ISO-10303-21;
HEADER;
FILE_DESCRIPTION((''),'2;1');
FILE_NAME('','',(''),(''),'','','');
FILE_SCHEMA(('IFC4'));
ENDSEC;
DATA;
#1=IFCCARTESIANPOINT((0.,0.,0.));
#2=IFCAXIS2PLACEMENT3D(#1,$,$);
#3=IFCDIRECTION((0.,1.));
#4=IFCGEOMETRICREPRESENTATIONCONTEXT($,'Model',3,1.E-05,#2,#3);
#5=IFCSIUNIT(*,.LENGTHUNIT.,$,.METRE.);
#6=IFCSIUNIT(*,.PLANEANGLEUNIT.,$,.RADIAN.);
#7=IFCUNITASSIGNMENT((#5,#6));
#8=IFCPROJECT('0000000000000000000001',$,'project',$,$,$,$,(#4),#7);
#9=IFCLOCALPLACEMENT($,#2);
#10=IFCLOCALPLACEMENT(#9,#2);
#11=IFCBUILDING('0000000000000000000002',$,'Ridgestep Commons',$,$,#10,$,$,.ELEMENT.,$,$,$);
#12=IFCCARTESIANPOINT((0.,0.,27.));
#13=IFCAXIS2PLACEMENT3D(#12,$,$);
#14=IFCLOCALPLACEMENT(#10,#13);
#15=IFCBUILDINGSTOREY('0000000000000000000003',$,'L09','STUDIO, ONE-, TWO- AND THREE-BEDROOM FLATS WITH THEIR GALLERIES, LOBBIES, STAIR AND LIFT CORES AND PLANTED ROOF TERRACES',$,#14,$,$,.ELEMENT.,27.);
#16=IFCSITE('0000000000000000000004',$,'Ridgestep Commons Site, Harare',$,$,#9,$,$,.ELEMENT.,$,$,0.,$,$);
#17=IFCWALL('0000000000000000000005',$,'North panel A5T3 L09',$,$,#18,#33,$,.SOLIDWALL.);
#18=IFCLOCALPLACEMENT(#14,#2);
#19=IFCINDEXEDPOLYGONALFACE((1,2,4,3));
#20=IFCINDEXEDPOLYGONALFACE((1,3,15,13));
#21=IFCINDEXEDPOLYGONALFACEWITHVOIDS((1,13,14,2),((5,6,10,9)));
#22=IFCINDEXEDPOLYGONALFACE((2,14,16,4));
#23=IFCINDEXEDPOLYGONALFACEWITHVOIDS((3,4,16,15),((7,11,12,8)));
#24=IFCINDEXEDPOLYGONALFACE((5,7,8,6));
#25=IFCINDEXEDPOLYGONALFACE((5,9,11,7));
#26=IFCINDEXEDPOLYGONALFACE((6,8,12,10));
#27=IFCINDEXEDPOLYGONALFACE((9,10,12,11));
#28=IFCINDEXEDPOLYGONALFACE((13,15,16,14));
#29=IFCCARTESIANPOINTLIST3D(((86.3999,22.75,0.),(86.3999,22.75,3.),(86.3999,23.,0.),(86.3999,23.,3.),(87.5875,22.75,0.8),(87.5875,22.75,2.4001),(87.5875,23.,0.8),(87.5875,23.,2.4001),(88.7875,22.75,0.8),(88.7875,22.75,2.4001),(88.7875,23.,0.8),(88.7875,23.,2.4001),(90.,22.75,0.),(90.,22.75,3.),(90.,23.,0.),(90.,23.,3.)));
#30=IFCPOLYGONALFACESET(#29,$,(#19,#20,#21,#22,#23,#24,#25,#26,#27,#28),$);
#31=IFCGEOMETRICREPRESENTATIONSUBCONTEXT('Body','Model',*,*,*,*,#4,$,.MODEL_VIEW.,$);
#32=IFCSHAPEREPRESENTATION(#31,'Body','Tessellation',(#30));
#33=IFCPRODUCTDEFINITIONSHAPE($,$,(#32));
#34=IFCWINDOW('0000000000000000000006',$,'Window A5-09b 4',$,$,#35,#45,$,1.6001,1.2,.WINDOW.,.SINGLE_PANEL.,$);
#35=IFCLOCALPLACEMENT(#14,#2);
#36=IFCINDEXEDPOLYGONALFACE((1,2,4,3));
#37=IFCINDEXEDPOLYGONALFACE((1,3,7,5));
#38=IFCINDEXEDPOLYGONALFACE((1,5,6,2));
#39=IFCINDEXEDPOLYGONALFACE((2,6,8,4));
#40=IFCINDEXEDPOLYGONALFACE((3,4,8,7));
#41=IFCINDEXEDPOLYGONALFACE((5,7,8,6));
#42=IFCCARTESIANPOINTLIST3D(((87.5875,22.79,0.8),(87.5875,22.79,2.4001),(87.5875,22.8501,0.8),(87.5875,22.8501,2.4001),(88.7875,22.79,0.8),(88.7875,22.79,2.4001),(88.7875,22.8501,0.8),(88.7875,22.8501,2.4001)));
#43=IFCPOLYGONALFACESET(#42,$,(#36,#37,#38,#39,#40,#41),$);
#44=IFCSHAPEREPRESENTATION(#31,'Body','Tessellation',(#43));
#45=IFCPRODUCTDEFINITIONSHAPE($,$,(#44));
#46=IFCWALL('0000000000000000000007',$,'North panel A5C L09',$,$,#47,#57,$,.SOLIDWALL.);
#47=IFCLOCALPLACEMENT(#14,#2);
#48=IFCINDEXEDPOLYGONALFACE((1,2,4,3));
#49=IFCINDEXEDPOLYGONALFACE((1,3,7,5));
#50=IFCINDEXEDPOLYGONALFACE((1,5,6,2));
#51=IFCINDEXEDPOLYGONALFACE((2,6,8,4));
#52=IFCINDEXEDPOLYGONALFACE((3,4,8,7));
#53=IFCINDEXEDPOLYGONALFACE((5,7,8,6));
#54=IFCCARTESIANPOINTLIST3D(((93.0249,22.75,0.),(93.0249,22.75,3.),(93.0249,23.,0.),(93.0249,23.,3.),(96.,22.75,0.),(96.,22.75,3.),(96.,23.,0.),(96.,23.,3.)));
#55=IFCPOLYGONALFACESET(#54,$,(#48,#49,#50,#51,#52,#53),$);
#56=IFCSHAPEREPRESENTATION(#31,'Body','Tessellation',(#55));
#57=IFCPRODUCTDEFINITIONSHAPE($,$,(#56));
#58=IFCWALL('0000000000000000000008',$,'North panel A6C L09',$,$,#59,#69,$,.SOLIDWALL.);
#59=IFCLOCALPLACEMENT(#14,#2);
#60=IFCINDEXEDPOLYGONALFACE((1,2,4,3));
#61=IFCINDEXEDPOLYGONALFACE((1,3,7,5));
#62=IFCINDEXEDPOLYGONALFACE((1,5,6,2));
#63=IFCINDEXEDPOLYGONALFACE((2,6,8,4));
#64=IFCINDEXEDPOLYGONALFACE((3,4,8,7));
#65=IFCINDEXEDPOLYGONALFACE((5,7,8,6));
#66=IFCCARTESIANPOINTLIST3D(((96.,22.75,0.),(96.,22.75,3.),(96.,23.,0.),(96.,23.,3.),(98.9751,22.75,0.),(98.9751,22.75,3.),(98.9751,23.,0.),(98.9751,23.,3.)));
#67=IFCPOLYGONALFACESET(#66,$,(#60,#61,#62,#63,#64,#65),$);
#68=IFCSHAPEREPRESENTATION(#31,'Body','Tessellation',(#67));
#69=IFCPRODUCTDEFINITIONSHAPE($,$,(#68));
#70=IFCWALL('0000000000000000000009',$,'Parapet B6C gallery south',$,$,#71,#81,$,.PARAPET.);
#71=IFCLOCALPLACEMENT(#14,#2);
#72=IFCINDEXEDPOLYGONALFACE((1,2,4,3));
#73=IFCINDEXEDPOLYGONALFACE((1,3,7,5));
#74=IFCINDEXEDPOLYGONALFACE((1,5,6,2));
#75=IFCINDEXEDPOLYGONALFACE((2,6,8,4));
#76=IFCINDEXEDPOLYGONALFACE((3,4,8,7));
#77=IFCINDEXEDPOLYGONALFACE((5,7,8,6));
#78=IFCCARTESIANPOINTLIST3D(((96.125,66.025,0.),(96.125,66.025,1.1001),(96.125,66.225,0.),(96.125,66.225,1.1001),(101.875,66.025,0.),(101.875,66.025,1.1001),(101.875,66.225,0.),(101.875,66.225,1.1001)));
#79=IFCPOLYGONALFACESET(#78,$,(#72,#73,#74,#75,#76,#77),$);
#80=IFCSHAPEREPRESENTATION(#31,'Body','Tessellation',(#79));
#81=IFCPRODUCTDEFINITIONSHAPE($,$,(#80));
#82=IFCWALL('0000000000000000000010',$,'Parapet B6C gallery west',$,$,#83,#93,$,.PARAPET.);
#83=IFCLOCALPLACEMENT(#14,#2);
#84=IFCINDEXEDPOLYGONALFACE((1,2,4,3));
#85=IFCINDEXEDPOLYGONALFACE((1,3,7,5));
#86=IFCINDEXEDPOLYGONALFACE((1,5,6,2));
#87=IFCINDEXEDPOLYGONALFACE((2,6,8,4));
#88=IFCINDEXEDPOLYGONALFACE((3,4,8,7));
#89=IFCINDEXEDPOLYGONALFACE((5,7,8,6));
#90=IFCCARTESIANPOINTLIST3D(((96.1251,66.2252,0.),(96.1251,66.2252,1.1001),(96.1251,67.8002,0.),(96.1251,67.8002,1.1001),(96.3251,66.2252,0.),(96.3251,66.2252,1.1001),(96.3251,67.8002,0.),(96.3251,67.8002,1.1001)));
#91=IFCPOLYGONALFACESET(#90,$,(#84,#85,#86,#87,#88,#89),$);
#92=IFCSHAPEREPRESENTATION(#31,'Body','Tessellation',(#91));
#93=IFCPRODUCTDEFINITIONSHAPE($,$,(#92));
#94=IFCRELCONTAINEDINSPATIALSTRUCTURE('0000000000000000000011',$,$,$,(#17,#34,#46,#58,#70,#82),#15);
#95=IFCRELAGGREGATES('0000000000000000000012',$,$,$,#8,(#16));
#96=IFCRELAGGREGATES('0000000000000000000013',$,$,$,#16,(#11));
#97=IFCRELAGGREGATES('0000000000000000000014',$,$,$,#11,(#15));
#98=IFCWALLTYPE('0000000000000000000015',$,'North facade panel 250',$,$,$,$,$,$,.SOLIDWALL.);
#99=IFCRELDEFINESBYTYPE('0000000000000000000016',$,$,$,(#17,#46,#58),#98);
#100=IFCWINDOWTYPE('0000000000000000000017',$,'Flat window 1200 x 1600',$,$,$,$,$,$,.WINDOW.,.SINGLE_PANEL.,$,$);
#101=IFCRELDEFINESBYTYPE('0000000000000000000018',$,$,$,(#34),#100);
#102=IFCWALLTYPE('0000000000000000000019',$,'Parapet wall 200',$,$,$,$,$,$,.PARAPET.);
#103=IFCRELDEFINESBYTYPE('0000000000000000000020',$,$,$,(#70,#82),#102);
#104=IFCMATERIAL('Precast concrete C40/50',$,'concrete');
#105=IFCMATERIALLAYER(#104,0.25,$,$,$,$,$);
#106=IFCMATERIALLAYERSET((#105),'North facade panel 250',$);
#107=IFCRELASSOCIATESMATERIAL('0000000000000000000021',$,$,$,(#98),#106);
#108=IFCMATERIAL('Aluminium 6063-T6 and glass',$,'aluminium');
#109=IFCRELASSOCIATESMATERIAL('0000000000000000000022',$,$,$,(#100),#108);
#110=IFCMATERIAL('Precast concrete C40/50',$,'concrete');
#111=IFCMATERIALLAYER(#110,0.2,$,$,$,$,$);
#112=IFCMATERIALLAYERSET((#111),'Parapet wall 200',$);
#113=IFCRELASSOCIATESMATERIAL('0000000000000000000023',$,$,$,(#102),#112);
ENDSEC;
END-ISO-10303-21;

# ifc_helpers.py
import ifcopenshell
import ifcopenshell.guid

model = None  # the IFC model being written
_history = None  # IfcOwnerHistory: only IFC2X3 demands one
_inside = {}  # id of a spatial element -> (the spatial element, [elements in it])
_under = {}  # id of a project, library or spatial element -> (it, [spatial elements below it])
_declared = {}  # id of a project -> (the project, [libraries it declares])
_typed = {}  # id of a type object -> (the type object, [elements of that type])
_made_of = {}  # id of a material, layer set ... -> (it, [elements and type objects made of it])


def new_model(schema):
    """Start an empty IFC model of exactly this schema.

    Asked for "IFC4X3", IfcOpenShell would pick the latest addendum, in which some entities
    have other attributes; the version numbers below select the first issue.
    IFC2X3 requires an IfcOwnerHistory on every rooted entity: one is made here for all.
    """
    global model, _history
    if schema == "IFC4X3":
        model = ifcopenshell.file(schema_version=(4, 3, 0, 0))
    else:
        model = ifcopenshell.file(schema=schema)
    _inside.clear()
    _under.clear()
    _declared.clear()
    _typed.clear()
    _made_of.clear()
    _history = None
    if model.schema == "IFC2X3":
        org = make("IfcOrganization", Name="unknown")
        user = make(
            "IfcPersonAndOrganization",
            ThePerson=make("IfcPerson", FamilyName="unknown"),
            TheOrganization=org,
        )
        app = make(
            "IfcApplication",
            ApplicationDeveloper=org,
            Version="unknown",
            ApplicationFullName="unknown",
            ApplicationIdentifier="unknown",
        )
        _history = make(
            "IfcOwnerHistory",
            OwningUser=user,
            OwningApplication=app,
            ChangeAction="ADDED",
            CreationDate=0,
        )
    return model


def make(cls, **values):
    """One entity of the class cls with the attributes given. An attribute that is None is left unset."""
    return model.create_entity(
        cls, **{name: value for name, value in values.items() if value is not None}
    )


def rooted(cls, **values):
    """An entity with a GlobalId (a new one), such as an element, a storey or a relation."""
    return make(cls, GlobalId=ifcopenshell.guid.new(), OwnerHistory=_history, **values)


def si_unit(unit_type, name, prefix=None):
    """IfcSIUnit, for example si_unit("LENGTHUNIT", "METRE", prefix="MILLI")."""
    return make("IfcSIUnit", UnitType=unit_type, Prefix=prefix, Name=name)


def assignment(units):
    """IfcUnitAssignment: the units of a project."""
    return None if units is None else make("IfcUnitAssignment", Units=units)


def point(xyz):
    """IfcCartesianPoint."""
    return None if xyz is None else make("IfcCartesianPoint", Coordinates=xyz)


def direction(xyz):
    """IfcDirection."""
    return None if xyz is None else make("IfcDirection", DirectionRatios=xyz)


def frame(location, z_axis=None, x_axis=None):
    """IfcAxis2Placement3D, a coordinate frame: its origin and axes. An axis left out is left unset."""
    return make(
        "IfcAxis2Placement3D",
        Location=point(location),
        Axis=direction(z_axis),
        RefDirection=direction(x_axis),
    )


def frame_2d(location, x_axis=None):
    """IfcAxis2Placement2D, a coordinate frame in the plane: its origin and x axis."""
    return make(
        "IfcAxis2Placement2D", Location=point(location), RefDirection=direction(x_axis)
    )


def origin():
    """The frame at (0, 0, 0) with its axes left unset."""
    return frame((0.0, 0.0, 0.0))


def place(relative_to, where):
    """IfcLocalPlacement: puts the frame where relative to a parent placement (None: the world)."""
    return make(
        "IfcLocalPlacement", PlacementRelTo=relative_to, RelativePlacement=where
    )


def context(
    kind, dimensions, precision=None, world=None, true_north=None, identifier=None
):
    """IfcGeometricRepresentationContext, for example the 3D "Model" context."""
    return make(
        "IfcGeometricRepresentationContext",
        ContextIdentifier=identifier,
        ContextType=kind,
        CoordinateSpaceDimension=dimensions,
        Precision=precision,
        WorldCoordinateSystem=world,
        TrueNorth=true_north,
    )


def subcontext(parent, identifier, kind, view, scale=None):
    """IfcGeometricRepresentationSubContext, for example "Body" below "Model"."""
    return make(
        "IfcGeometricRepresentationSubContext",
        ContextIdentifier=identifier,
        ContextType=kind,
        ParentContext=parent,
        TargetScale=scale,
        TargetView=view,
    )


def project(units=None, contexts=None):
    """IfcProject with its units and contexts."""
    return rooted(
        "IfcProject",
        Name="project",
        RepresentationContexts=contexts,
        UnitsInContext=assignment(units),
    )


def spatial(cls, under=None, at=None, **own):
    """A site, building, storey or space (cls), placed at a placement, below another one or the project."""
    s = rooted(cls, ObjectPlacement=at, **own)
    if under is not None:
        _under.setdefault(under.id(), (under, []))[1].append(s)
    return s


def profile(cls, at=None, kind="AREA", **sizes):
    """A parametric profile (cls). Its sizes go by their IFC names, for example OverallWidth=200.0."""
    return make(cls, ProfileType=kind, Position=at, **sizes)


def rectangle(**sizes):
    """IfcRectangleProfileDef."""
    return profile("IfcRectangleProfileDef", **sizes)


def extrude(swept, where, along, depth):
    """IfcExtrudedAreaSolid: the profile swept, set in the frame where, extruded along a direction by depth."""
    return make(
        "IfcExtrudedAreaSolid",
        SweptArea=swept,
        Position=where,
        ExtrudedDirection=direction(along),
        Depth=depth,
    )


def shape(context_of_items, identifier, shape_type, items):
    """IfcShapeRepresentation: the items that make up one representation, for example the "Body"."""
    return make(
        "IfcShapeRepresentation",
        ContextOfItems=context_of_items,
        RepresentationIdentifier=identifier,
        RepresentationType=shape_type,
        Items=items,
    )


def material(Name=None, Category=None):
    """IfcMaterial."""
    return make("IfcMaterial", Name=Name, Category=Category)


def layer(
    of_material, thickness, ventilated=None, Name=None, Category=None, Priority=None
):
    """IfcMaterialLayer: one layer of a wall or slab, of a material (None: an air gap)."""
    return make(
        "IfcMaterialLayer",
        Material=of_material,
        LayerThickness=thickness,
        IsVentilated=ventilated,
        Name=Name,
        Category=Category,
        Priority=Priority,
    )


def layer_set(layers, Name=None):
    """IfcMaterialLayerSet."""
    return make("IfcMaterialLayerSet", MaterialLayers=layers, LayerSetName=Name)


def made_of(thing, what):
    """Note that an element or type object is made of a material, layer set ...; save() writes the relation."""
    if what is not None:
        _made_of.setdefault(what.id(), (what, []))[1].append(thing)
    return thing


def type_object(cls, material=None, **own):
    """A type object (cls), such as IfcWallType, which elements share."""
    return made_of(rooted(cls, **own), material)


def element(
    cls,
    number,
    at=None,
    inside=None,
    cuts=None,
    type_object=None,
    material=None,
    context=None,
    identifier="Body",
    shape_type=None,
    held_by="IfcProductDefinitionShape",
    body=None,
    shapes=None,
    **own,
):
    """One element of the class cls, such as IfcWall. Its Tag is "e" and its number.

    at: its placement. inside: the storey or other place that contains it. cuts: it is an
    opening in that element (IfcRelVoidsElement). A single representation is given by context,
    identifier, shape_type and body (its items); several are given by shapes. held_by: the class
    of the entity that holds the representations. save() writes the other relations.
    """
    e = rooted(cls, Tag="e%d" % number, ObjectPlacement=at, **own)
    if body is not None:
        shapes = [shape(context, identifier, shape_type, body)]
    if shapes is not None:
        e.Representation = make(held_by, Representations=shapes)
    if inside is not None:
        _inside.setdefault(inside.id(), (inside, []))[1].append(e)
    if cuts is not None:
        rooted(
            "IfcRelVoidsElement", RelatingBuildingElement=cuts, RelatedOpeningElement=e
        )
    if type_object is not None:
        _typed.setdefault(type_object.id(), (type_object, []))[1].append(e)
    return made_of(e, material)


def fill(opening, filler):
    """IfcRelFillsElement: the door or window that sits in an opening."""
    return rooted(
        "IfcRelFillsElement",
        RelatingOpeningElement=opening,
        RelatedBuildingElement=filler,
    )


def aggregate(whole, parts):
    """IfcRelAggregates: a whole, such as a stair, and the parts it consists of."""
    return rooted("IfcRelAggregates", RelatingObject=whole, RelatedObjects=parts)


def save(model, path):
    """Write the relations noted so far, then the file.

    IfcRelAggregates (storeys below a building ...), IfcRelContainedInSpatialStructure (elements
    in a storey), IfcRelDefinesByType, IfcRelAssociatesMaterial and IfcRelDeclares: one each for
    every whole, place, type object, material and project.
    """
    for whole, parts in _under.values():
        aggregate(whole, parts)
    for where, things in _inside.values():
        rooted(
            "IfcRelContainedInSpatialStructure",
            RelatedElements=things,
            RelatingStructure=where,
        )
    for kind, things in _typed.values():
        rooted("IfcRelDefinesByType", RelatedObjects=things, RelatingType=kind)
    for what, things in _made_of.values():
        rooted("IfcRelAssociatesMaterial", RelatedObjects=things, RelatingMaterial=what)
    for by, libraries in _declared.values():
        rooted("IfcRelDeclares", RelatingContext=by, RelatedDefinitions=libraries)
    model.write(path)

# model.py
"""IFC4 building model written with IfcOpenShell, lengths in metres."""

from ifc_helpers import new_model, si_unit, direction, frame, frame_2d, origin, place, context, subcontext, project, spatial, rectangle, extrude, material, layer, layer_set, type_object, element, fill, save


model = new_model("IFC4")

# Units and contexts
model_context = context("Model", 3, precision=1e-05, world=origin(), true_north=direction((0.0, 1.0)))
body_context = subcontext(model_context, "Body", "Model", "MODEL_VIEW")
ifc_project = project(units=[si_unit("LENGTHUNIT", "METRE"), si_unit("PLANEANGLEUNIT", "RADIAN")], contexts=[model_context])

# Site, building, storey
site_placement = place(None, origin())
site = spatial("IfcSite", under=ifc_project, at=site_placement, Name="Ridgestep Commons Site, Harare", CompositionType="ELEMENT", RefElevation=0.0)
building_placement = place(site_placement, origin())
building = spatial("IfcBuilding", under=site, at=building_placement, Name="Ridgestep Commons", CompositionType="ELEMENT")
storey_placement = place(building_placement, frame((0.0, 0.0, 27.0)))
storey = spatial("IfcBuildingStorey", under=building, at=storey_placement, Name="L09", Description="STUDIO, ONE-, TWO- AND THREE-BEDROOM FLATS WITH THEIR GALLERIES, LOBBIES, STAIR AND LIFT CORES AND PLANTED ROOF TERRACES", CompositionType="ELEMENT", Elevation=27.0)

# Wall, opening, window
ifc_material_1 = material(Name="Precast concrete C40/50", Category="concrete")
ifc_layer_1 = layer(ifc_material_1, 0.25)
ifc_layer_set_1 = layer_set([ifc_layer_1], Name="North facade panel 250")
wall_type_1 = type_object("IfcWallType", Name="North facade panel 250", PredefinedType="SOLIDWALL", material=ifc_layer_set_1)
ifc_material_2 = material(Name="Aluminium 6063-T6 and glass", Category="aluminium")
window_type = type_object("IfcWindowType", Name="Flat window 1200 x 1600", PartitioningType="SINGLE_PANEL", PredefinedType="WINDOW", material=ifc_material_2)
wall_1_placement = place(storey_placement, frame((86.3999, 22.875, 0.0), z_axis=(0.0, 0.0, 1.0), x_axis=(1.0, 0.0, 0.0)))
wall_1 = element("IfcWall", 1, at=wall_1_placement, inside=storey, type_object=wall_type_1, Name="North panel A5T3 L09", PredefinedType="SOLIDWALL", context=body_context, shape_type="SweptSolid", body=[
    extrude(rectangle(XDim=3.6001, YDim=0.25, at=frame_2d((1.8, 0.0))), origin(), (0.0, 0.0, 1.0), 3.0),
])
opening_1_placement = place(wall_1_placement, frame((1.1875, 0.0, 0.8)))
opening_1 = element("IfcOpeningElement", 2, at=opening_1_placement, cuts=wall_1, PredefinedType="OPENING", context=body_context, shape_type="SweptSolid", body=[
    extrude(rectangle(XDim=1.2, YDim=1.6001, at=frame_2d((0.6001, 0.8))), frame((0.0, 0.135, 0.0), z_axis=(0.0, -1.0, 0.0), x_axis=(1.0, 0.0, 0.0)), (0.0, 0.0, 1.0), 0.27),
])
window_1_placement = place(opening_1_placement, origin())
window_1 = element("IfcWindow", 3, at=window_1_placement, inside=storey, type_object=window_type, Name="Window A5-09b 4", OverallHeight=1.6001, OverallWidth=1.2, PartitioningType="SINGLE_PANEL", PredefinedType="WINDOW", context=body_context, shape_type="SweptSolid", body=[
    extrude(rectangle(XDim=1.2, YDim=1.6001, at=frame_2d((0.6001, 0.8))), frame((0.0, -0.0249, 0.0), z_axis=(0.0, -1.0, 0.0), x_axis=(1.0, 0.0, 0.0)), (0.0, 0.0, 1.0), 0.0601),
])
fill(opening_1, window_1)

# Walls
for number, where, z_axis, x_axis, name in (
    (4, (93.0249, 22.875, 0.0), (0.0, 0.0, 1.0), (1.0, 0.0, 0.0), "North panel A5C L09"),
    (5, (96.0, 22.875, 0.0), (0.0, 0.0, 1.0), (1.0, 0.0, 0.0), "North panel A6C L09"),
):
    element("IfcWall", number, at=place(storey_placement, frame(where, z_axis=z_axis, x_axis=x_axis)), inside=storey, type_object=wall_type_1, Name=name, PredefinedType="SOLIDWALL", context=body_context, shape_type="SweptSolid", body=[
        extrude(rectangle(XDim=2.9751, YDim=0.25, at=frame_2d((1.4875, 0.0))), origin(), (0.0, 0.0, 1.0), 3.0),
    ])
ifc_material_3 = material(Name="Precast concrete C40/50", Category="concrete")
ifc_layer_2 = layer(ifc_material_3, 0.2)
ifc_layer_set_2 = layer_set([ifc_layer_2], Name="Parapet wall 200")
wall_type_2 = type_object("IfcWallType", Name="Parapet wall 200", PredefinedType="PARAPET", material=ifc_layer_set_2)
wall_2_placement = place(storey_placement, frame((96.125, 66.125, 0.0), z_axis=(0.0, 0.0, 1.0), x_axis=(1.0, 0.0, 0.0)))
element("IfcWall", 6, at=wall_2_placement, inside=storey, type_object=wall_type_2, Name="Parapet B6C gallery south", PredefinedType="PARAPET", context=body_context, shape_type="SweptSolid", body=[
    extrude(rectangle(XDim=5.75, YDim=0.2, at=frame_2d((2.875, 0.0))), origin(), (0.0, 0.0, 1.0), 1.1001),
])
wall_3_placement = place(storey_placement, frame((96.2251, 66.2251, 0.0), z_axis=(0.0, 0.0, 1.0), x_axis=(0.0, 1.0, 0.0)))
element("IfcWall", 7, at=wall_3_placement, inside=storey, type_object=wall_type_2, Name="Parapet B6C gallery west", PredefinedType="PARAPET", context=body_context, shape_type="SweptSolid", body=[
    extrude(rectangle(XDim=1.575, YDim=0.2, at=frame_2d((0.7876, 0.0))), origin(), (0.0, 0.0, 1.0), 1.1001),
])

save(model, "model.ifc")
